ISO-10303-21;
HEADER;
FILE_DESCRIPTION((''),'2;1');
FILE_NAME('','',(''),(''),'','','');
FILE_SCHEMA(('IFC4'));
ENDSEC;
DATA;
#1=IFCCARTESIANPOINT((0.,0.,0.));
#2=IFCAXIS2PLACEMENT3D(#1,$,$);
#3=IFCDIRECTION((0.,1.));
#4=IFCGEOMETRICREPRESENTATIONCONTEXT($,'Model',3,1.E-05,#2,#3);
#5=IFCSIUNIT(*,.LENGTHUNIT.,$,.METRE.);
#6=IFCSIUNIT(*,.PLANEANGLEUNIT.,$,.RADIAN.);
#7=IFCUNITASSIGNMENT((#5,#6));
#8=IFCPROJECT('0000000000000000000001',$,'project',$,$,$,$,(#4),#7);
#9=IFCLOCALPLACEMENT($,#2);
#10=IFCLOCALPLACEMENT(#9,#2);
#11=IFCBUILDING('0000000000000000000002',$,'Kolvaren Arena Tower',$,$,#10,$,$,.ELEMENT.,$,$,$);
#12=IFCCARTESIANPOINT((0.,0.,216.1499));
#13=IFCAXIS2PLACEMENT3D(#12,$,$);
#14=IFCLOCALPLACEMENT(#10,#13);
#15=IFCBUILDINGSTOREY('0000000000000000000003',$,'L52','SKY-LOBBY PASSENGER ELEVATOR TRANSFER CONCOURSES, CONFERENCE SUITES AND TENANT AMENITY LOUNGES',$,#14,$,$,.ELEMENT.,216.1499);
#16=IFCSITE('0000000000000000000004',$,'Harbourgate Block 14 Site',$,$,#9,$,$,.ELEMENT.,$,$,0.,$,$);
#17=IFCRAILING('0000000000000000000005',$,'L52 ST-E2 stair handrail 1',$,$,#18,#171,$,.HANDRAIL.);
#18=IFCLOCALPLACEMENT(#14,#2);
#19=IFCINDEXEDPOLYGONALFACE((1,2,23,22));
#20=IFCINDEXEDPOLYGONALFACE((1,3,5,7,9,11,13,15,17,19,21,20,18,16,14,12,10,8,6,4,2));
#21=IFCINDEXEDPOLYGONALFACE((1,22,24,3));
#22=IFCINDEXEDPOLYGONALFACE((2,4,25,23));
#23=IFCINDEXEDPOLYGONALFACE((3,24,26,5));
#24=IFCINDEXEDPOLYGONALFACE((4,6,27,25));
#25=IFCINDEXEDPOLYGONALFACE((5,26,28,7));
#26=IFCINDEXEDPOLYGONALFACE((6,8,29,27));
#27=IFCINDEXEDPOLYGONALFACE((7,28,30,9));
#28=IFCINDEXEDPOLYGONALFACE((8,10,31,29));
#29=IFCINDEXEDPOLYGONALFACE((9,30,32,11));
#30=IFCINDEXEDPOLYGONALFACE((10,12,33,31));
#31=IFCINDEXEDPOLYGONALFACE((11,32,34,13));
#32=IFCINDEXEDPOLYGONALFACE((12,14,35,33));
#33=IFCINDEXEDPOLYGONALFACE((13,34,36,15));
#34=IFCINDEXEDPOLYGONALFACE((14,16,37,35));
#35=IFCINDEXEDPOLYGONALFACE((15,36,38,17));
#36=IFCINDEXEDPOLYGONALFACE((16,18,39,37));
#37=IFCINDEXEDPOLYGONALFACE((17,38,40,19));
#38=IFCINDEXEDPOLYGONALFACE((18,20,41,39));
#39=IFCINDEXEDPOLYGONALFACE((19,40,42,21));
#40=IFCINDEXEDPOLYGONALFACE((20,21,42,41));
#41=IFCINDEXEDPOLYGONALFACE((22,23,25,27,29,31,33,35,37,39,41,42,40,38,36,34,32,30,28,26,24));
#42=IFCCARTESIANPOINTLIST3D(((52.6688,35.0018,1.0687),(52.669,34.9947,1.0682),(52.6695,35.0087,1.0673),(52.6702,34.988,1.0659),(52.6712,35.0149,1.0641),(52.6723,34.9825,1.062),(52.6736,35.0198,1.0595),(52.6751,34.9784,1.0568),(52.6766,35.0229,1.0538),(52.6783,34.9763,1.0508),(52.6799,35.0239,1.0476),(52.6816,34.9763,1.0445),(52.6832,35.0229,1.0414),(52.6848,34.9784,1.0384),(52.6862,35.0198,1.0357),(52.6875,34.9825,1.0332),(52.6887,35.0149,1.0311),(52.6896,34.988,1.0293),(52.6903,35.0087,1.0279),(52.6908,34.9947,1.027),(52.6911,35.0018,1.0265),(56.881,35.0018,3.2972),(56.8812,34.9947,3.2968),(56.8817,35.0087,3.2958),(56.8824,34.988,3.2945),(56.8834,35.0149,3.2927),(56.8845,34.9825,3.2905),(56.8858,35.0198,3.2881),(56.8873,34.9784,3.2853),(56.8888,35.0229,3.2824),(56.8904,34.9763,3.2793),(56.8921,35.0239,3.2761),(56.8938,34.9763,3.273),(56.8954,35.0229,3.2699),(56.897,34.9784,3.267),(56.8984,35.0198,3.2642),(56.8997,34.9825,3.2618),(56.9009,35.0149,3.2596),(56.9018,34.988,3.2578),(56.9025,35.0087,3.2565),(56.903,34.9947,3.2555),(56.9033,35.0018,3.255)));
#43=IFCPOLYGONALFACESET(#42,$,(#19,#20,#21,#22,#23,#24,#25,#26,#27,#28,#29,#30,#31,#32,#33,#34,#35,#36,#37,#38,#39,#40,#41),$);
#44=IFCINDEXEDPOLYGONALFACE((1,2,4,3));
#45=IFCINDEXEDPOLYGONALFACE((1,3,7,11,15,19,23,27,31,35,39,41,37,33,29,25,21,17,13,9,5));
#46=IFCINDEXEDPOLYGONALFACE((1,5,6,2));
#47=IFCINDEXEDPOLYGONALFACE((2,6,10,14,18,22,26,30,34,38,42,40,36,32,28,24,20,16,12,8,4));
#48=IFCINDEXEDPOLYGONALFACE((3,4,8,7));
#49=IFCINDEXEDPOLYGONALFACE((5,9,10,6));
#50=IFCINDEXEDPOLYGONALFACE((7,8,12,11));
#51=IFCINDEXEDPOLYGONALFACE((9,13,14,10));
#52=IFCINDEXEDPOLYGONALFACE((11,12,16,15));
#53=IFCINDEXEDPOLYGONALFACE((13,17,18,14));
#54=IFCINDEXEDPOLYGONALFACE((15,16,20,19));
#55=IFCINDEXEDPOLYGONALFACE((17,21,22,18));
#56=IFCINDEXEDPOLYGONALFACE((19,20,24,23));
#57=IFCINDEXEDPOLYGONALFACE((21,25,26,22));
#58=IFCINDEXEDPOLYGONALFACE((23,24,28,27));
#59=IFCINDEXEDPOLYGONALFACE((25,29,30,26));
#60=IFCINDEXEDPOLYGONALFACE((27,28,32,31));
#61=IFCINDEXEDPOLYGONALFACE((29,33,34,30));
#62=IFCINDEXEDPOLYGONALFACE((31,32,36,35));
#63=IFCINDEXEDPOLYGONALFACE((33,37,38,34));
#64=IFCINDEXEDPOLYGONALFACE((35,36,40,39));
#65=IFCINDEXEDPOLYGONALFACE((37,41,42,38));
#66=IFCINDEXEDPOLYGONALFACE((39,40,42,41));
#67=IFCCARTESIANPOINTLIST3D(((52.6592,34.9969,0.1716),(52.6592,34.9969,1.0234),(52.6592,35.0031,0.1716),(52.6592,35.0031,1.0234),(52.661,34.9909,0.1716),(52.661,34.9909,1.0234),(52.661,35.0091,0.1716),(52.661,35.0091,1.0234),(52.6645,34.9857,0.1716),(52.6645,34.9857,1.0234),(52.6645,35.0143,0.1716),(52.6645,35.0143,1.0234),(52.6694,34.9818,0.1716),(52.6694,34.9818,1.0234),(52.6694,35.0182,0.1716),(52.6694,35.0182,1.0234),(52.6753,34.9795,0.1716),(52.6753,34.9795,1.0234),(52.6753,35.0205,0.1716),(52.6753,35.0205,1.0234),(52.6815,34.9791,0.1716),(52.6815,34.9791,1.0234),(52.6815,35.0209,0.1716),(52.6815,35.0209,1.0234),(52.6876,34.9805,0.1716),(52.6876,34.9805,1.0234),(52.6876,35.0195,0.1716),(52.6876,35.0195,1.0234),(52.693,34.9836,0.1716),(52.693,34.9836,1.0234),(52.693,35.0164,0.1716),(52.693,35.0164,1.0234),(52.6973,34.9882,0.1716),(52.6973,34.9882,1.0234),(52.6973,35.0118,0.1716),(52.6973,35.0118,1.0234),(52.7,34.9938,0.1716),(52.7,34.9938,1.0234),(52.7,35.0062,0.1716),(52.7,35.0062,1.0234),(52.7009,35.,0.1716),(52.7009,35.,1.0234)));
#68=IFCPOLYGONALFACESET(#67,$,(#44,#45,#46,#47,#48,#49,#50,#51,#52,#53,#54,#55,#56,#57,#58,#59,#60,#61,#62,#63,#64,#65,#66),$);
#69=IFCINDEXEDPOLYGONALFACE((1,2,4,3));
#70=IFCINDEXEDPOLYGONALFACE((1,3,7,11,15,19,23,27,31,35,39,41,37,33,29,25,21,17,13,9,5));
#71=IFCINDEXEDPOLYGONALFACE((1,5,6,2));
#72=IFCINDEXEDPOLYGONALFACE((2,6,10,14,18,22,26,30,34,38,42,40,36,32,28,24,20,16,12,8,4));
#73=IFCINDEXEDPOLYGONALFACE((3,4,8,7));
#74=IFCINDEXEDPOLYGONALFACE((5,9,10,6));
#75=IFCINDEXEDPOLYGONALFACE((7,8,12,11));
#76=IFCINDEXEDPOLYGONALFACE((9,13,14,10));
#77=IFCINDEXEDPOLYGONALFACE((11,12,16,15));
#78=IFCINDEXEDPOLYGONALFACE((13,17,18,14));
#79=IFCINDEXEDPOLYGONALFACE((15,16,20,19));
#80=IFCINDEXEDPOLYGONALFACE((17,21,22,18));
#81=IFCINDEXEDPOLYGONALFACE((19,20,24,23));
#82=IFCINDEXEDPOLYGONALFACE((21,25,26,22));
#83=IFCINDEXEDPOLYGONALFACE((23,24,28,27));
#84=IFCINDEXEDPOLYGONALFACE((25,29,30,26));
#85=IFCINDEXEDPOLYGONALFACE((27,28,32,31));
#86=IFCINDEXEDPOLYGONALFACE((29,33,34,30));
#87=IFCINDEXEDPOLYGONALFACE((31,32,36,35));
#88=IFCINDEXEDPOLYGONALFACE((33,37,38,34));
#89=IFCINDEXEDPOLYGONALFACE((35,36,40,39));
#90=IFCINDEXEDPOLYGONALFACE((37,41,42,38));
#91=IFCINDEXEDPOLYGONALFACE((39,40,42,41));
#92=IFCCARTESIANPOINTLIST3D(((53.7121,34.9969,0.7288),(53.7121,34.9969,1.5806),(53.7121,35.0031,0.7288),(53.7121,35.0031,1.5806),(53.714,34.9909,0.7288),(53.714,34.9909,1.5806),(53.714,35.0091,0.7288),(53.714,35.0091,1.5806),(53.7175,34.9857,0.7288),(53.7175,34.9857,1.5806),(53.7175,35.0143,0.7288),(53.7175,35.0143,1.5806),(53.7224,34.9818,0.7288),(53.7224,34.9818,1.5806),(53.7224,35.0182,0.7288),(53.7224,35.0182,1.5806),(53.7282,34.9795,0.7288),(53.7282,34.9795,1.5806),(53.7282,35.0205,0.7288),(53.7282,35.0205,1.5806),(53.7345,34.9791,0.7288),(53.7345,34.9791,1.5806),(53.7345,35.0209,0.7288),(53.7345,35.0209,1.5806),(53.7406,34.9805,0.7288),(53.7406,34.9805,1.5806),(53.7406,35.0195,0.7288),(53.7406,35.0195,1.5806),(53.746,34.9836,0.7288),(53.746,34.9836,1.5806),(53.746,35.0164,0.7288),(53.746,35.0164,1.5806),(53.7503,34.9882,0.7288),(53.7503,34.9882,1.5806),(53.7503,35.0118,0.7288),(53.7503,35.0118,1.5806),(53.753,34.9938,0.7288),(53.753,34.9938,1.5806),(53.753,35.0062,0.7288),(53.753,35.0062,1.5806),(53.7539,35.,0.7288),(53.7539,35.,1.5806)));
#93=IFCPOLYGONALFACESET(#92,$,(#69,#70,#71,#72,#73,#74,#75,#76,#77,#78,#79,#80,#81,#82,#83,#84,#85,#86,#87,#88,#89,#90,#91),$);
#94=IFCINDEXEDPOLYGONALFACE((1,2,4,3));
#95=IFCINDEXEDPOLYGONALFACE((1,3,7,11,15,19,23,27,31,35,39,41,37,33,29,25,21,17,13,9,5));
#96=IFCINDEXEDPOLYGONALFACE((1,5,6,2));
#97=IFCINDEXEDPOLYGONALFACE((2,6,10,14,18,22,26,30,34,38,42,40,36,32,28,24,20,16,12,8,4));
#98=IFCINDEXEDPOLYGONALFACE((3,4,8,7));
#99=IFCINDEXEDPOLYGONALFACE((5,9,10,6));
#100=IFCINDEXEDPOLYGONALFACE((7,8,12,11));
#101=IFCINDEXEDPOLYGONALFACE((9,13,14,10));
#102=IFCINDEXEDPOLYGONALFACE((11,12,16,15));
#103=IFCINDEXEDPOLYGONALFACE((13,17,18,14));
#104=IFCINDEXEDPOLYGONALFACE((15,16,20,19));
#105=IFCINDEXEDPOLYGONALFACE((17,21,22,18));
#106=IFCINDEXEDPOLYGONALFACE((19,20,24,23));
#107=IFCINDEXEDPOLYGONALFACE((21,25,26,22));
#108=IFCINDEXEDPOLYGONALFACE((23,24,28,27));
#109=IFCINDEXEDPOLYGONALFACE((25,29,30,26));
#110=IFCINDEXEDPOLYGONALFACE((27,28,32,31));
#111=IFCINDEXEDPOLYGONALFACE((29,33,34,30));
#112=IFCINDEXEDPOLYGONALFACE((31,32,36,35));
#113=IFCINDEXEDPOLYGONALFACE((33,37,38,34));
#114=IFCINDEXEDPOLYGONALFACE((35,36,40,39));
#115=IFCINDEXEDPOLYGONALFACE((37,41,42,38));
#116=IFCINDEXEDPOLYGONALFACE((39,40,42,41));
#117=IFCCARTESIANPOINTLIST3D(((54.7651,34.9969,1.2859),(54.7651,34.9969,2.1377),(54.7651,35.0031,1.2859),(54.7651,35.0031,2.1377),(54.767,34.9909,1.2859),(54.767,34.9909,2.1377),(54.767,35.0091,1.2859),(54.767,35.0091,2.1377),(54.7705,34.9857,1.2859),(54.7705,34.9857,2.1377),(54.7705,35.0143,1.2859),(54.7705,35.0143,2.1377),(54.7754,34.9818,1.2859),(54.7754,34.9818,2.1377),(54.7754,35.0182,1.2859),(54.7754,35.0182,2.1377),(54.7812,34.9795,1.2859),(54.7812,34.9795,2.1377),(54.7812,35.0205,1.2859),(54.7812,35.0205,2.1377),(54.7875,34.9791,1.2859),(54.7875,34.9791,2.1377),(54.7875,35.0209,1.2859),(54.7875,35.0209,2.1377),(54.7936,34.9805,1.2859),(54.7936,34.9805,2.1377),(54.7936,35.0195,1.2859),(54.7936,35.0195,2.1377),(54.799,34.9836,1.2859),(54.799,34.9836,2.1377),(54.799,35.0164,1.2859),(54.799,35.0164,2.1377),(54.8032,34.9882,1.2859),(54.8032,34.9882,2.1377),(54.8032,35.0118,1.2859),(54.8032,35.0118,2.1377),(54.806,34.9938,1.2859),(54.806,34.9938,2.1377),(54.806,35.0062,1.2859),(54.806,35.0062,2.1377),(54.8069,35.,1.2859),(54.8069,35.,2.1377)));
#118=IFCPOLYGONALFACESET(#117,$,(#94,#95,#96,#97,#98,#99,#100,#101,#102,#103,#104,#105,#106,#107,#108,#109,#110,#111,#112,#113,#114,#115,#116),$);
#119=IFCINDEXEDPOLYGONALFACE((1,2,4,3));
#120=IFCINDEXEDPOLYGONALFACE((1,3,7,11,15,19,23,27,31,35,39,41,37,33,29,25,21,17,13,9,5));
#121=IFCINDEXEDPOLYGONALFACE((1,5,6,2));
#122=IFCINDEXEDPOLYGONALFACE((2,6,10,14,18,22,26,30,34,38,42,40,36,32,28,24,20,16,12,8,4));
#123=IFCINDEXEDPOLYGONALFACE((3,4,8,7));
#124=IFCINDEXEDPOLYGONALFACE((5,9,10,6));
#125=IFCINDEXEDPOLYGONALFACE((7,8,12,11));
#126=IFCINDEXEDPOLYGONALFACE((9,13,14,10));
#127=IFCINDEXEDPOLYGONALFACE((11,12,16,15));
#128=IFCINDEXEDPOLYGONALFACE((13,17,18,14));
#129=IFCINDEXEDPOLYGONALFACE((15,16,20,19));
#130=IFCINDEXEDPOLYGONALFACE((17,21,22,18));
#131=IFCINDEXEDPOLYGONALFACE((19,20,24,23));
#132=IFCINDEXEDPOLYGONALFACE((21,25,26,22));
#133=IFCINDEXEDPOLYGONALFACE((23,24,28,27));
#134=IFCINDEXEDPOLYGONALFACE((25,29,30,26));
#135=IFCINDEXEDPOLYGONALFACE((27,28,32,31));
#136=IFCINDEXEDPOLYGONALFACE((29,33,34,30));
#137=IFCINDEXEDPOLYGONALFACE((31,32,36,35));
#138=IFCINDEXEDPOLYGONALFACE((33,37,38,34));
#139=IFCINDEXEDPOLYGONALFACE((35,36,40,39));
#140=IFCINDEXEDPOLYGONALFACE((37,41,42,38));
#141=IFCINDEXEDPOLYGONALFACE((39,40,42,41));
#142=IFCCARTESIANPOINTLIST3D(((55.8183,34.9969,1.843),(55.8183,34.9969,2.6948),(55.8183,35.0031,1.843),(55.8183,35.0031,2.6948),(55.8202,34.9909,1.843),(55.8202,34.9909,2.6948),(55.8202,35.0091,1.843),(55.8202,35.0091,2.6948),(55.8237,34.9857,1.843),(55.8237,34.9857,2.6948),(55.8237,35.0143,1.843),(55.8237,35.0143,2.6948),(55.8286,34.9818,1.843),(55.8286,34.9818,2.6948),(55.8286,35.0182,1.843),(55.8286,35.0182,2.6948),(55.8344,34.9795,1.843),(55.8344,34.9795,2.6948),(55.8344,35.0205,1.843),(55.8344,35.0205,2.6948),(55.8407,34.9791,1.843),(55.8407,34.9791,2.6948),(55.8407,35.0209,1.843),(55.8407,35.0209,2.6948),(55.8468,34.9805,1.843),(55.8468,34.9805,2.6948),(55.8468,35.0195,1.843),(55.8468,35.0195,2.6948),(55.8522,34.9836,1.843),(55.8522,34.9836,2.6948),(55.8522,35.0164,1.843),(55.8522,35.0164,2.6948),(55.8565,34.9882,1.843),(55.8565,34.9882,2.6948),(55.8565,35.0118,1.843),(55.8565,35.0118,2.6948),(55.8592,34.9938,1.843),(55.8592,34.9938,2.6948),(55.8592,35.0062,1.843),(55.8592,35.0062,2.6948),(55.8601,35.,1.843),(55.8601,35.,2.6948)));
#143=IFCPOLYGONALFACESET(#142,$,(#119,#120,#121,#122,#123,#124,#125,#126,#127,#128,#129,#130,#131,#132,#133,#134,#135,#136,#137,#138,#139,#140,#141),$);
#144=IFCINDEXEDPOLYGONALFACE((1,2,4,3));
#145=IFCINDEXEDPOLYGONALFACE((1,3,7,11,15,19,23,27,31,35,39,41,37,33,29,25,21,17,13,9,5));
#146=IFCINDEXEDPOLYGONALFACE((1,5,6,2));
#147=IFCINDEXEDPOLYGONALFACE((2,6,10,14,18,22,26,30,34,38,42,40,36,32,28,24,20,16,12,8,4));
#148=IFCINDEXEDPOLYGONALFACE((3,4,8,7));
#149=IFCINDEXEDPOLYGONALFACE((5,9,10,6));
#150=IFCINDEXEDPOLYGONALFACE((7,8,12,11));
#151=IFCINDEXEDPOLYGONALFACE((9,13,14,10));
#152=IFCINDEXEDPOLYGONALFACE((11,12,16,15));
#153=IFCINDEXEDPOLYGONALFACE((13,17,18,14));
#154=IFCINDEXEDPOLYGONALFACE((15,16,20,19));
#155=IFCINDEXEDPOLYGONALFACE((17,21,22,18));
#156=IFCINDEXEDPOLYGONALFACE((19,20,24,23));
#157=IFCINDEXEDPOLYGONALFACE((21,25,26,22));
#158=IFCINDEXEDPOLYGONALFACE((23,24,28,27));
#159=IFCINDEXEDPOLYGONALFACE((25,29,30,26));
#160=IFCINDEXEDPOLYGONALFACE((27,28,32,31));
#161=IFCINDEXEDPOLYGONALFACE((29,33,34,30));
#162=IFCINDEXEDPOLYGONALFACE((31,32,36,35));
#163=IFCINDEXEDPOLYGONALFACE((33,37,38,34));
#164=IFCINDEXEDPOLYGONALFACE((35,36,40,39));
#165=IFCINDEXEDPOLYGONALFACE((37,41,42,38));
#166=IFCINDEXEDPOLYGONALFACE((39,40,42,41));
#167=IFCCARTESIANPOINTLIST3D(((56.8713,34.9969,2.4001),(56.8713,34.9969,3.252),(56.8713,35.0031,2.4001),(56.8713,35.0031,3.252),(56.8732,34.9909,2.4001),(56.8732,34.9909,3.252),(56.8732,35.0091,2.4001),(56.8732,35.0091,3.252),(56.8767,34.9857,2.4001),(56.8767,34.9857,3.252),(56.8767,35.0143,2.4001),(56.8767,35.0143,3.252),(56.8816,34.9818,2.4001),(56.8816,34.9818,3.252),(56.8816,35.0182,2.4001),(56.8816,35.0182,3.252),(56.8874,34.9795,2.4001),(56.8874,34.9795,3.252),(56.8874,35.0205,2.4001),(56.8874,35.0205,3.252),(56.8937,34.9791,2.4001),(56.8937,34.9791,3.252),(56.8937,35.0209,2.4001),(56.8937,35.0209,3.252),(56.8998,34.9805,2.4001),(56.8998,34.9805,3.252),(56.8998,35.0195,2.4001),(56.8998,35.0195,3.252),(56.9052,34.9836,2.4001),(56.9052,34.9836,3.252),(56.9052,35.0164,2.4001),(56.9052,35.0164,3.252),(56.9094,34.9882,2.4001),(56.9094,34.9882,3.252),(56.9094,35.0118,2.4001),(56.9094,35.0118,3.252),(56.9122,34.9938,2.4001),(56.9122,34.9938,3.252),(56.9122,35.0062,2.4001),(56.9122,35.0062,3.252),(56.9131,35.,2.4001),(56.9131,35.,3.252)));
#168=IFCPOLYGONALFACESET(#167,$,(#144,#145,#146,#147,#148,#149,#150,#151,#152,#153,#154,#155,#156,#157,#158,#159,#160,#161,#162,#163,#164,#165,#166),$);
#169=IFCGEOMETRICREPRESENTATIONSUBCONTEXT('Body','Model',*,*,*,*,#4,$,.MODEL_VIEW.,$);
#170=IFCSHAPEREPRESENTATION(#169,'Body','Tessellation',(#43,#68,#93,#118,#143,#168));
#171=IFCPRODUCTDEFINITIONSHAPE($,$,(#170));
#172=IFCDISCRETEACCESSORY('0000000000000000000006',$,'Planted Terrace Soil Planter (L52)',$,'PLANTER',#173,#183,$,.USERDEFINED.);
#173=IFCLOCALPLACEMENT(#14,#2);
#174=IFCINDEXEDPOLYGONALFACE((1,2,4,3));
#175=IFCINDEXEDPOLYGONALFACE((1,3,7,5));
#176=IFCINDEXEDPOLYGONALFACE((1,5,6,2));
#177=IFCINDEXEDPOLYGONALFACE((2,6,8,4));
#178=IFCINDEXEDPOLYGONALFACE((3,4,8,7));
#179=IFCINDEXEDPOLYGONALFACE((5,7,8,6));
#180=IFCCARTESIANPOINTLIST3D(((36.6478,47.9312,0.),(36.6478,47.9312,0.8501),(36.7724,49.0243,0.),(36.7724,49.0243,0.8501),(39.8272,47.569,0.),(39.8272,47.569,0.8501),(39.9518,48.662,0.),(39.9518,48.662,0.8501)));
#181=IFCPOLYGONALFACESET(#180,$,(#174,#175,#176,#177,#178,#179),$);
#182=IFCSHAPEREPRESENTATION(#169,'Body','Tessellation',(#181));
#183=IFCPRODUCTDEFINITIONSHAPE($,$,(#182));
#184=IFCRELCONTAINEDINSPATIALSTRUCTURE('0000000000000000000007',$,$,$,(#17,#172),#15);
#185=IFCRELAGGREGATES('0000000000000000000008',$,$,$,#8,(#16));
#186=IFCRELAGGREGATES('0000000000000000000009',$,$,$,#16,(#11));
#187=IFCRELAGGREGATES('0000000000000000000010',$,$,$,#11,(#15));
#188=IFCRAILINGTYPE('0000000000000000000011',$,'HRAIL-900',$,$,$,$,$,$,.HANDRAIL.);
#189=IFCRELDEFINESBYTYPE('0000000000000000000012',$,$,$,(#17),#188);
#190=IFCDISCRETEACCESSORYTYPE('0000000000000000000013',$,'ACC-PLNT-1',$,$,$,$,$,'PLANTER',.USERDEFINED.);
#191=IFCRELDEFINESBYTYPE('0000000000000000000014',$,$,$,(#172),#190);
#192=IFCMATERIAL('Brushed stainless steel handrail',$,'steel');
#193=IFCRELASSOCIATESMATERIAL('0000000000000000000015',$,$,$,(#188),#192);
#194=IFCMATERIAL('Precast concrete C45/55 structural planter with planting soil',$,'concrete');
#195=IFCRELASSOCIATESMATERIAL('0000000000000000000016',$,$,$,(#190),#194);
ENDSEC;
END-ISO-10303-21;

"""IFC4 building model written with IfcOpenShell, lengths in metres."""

from ifc_helpers import new_model, si_unit, direction, frame, origin, origin_2d, place, context, subcontext, project, spatial, rectangle, circle, extrude, material, type_object, element, save


model = new_model("IFC4")

# Units and contexts
model_context = context("Model", 3, precision=1e-05, world=origin(), true_north=direction((0.0, 1.0)))
body_context = subcontext(model_context, "Body", "Model", "MODEL_VIEW")
ifc_project = project(units=[si_unit("LENGTHUNIT", "METRE"), si_unit("PLANEANGLEUNIT", "RADIAN")], contexts=[model_context])

# Site, building, storey
site_placement = place(None, origin())
site = spatial("IfcSite", under=ifc_project, at=site_placement, Name="Harbourgate Block 14 Site", CompositionType="ELEMENT", RefElevation=0.0)
building_placement = place(site_placement, origin())
building = spatial("IfcBuilding", under=site, at=building_placement, Name="Kolvaren Arena Tower", CompositionType="ELEMENT")
storey_placement = place(building_placement, frame((0.0, 0.0, 216.1499)))
storey = spatial("IfcBuildingStorey", under=building, at=storey_placement, Name="L52", Description="SKY-LOBBY PASSENGER ELEVATOR TRANSFER CONCOURSES, CONFERENCE SUITES AND TENANT AMENITY LOUNGES", CompositionType="ELEMENT", Elevation=216.1499)

# Railing
ifc_material_1 = material(Name="Brushed stainless steel handrail", Category="steel")
railing_type_1 = type_object("IfcRailingType", Name="HRAIL-900", PredefinedType="HANDRAIL", material=ifc_material_1)
railing_1_placement = place(storey_placement, frame((52.6799, 35.0, 0.1716)))
element("IfcRailing", 1, at=railing_1_placement, inside=storey, type_object=railing_type_1, Name="L52 ST-E2 stair handrail 1", PredefinedType="HANDRAIL", context=body_context, shape_type="SweptSolid", body=[
    extrude(circle(Radius=0.0239, at=origin_2d()), frame((0.0, 0.0, 0.876), z_axis=(0.883914, 0.0, 0.46765), x_axis=(0.0, 1.0, 0.0)), (0.0, 0.0, 1.0), 4.7654),
    extrude(circle(Radius=0.021, at=origin_2d()), origin(), (0.0, 0.0, 1.0), 0.8518),
    extrude(circle(Radius=0.021, at=origin_2d()), frame((1.053, 0.0, 0.5571)), (0.0, 0.0, 1.0), 0.8518),
    extrude(circle(Radius=0.021, at=origin_2d()), frame((2.106, 0.0, 1.1143)), (0.0, 0.0, 1.0), 0.8518),
    extrude(circle(Radius=0.021, at=origin_2d()), frame((3.1592, 0.0, 1.6714)), (0.0, 0.0, 1.0), 0.8518),
    extrude(circle(Radius=0.021, at=origin_2d()), frame((4.2122, 0.0, 2.2285)), (0.0, 0.0, 1.0), 0.8518),
])

# Discrete accessory
ifc_material_2 = material(Name="Precast concrete C45/55 structural planter with planting soil", Category="concrete")
discrete_accessory_type = type_object("IfcDiscreteAccessoryType", Name="ACC-PLNT-1", ElementType="PLANTER", PredefinedType="USERDEFINED", material=ifc_material_2)
discrete_accessory_placement = place(storey_placement, frame((38.2998, 48.2966, 0.0), z_axis=(0.0, 0.0, 1.0), x_axis=(0.993572, -0.113203, 0.0)))
element("IfcDiscreteAccessory", 2, at=discrete_accessory_placement, inside=storey, type_object=discrete_accessory_type, Name="Planted Terrace Soil Planter (L52)", ObjectType="PLANTER", PredefinedType="USERDEFINED", context=body_context, shape_type="SweptSolid", body=[
    extrude(rectangle(XDim=3.2, YDim=1.1001, at=origin_2d()), origin(), (0.0, 0.0, 1.0), 0.8501),
])

save(model, "model.ifc")
